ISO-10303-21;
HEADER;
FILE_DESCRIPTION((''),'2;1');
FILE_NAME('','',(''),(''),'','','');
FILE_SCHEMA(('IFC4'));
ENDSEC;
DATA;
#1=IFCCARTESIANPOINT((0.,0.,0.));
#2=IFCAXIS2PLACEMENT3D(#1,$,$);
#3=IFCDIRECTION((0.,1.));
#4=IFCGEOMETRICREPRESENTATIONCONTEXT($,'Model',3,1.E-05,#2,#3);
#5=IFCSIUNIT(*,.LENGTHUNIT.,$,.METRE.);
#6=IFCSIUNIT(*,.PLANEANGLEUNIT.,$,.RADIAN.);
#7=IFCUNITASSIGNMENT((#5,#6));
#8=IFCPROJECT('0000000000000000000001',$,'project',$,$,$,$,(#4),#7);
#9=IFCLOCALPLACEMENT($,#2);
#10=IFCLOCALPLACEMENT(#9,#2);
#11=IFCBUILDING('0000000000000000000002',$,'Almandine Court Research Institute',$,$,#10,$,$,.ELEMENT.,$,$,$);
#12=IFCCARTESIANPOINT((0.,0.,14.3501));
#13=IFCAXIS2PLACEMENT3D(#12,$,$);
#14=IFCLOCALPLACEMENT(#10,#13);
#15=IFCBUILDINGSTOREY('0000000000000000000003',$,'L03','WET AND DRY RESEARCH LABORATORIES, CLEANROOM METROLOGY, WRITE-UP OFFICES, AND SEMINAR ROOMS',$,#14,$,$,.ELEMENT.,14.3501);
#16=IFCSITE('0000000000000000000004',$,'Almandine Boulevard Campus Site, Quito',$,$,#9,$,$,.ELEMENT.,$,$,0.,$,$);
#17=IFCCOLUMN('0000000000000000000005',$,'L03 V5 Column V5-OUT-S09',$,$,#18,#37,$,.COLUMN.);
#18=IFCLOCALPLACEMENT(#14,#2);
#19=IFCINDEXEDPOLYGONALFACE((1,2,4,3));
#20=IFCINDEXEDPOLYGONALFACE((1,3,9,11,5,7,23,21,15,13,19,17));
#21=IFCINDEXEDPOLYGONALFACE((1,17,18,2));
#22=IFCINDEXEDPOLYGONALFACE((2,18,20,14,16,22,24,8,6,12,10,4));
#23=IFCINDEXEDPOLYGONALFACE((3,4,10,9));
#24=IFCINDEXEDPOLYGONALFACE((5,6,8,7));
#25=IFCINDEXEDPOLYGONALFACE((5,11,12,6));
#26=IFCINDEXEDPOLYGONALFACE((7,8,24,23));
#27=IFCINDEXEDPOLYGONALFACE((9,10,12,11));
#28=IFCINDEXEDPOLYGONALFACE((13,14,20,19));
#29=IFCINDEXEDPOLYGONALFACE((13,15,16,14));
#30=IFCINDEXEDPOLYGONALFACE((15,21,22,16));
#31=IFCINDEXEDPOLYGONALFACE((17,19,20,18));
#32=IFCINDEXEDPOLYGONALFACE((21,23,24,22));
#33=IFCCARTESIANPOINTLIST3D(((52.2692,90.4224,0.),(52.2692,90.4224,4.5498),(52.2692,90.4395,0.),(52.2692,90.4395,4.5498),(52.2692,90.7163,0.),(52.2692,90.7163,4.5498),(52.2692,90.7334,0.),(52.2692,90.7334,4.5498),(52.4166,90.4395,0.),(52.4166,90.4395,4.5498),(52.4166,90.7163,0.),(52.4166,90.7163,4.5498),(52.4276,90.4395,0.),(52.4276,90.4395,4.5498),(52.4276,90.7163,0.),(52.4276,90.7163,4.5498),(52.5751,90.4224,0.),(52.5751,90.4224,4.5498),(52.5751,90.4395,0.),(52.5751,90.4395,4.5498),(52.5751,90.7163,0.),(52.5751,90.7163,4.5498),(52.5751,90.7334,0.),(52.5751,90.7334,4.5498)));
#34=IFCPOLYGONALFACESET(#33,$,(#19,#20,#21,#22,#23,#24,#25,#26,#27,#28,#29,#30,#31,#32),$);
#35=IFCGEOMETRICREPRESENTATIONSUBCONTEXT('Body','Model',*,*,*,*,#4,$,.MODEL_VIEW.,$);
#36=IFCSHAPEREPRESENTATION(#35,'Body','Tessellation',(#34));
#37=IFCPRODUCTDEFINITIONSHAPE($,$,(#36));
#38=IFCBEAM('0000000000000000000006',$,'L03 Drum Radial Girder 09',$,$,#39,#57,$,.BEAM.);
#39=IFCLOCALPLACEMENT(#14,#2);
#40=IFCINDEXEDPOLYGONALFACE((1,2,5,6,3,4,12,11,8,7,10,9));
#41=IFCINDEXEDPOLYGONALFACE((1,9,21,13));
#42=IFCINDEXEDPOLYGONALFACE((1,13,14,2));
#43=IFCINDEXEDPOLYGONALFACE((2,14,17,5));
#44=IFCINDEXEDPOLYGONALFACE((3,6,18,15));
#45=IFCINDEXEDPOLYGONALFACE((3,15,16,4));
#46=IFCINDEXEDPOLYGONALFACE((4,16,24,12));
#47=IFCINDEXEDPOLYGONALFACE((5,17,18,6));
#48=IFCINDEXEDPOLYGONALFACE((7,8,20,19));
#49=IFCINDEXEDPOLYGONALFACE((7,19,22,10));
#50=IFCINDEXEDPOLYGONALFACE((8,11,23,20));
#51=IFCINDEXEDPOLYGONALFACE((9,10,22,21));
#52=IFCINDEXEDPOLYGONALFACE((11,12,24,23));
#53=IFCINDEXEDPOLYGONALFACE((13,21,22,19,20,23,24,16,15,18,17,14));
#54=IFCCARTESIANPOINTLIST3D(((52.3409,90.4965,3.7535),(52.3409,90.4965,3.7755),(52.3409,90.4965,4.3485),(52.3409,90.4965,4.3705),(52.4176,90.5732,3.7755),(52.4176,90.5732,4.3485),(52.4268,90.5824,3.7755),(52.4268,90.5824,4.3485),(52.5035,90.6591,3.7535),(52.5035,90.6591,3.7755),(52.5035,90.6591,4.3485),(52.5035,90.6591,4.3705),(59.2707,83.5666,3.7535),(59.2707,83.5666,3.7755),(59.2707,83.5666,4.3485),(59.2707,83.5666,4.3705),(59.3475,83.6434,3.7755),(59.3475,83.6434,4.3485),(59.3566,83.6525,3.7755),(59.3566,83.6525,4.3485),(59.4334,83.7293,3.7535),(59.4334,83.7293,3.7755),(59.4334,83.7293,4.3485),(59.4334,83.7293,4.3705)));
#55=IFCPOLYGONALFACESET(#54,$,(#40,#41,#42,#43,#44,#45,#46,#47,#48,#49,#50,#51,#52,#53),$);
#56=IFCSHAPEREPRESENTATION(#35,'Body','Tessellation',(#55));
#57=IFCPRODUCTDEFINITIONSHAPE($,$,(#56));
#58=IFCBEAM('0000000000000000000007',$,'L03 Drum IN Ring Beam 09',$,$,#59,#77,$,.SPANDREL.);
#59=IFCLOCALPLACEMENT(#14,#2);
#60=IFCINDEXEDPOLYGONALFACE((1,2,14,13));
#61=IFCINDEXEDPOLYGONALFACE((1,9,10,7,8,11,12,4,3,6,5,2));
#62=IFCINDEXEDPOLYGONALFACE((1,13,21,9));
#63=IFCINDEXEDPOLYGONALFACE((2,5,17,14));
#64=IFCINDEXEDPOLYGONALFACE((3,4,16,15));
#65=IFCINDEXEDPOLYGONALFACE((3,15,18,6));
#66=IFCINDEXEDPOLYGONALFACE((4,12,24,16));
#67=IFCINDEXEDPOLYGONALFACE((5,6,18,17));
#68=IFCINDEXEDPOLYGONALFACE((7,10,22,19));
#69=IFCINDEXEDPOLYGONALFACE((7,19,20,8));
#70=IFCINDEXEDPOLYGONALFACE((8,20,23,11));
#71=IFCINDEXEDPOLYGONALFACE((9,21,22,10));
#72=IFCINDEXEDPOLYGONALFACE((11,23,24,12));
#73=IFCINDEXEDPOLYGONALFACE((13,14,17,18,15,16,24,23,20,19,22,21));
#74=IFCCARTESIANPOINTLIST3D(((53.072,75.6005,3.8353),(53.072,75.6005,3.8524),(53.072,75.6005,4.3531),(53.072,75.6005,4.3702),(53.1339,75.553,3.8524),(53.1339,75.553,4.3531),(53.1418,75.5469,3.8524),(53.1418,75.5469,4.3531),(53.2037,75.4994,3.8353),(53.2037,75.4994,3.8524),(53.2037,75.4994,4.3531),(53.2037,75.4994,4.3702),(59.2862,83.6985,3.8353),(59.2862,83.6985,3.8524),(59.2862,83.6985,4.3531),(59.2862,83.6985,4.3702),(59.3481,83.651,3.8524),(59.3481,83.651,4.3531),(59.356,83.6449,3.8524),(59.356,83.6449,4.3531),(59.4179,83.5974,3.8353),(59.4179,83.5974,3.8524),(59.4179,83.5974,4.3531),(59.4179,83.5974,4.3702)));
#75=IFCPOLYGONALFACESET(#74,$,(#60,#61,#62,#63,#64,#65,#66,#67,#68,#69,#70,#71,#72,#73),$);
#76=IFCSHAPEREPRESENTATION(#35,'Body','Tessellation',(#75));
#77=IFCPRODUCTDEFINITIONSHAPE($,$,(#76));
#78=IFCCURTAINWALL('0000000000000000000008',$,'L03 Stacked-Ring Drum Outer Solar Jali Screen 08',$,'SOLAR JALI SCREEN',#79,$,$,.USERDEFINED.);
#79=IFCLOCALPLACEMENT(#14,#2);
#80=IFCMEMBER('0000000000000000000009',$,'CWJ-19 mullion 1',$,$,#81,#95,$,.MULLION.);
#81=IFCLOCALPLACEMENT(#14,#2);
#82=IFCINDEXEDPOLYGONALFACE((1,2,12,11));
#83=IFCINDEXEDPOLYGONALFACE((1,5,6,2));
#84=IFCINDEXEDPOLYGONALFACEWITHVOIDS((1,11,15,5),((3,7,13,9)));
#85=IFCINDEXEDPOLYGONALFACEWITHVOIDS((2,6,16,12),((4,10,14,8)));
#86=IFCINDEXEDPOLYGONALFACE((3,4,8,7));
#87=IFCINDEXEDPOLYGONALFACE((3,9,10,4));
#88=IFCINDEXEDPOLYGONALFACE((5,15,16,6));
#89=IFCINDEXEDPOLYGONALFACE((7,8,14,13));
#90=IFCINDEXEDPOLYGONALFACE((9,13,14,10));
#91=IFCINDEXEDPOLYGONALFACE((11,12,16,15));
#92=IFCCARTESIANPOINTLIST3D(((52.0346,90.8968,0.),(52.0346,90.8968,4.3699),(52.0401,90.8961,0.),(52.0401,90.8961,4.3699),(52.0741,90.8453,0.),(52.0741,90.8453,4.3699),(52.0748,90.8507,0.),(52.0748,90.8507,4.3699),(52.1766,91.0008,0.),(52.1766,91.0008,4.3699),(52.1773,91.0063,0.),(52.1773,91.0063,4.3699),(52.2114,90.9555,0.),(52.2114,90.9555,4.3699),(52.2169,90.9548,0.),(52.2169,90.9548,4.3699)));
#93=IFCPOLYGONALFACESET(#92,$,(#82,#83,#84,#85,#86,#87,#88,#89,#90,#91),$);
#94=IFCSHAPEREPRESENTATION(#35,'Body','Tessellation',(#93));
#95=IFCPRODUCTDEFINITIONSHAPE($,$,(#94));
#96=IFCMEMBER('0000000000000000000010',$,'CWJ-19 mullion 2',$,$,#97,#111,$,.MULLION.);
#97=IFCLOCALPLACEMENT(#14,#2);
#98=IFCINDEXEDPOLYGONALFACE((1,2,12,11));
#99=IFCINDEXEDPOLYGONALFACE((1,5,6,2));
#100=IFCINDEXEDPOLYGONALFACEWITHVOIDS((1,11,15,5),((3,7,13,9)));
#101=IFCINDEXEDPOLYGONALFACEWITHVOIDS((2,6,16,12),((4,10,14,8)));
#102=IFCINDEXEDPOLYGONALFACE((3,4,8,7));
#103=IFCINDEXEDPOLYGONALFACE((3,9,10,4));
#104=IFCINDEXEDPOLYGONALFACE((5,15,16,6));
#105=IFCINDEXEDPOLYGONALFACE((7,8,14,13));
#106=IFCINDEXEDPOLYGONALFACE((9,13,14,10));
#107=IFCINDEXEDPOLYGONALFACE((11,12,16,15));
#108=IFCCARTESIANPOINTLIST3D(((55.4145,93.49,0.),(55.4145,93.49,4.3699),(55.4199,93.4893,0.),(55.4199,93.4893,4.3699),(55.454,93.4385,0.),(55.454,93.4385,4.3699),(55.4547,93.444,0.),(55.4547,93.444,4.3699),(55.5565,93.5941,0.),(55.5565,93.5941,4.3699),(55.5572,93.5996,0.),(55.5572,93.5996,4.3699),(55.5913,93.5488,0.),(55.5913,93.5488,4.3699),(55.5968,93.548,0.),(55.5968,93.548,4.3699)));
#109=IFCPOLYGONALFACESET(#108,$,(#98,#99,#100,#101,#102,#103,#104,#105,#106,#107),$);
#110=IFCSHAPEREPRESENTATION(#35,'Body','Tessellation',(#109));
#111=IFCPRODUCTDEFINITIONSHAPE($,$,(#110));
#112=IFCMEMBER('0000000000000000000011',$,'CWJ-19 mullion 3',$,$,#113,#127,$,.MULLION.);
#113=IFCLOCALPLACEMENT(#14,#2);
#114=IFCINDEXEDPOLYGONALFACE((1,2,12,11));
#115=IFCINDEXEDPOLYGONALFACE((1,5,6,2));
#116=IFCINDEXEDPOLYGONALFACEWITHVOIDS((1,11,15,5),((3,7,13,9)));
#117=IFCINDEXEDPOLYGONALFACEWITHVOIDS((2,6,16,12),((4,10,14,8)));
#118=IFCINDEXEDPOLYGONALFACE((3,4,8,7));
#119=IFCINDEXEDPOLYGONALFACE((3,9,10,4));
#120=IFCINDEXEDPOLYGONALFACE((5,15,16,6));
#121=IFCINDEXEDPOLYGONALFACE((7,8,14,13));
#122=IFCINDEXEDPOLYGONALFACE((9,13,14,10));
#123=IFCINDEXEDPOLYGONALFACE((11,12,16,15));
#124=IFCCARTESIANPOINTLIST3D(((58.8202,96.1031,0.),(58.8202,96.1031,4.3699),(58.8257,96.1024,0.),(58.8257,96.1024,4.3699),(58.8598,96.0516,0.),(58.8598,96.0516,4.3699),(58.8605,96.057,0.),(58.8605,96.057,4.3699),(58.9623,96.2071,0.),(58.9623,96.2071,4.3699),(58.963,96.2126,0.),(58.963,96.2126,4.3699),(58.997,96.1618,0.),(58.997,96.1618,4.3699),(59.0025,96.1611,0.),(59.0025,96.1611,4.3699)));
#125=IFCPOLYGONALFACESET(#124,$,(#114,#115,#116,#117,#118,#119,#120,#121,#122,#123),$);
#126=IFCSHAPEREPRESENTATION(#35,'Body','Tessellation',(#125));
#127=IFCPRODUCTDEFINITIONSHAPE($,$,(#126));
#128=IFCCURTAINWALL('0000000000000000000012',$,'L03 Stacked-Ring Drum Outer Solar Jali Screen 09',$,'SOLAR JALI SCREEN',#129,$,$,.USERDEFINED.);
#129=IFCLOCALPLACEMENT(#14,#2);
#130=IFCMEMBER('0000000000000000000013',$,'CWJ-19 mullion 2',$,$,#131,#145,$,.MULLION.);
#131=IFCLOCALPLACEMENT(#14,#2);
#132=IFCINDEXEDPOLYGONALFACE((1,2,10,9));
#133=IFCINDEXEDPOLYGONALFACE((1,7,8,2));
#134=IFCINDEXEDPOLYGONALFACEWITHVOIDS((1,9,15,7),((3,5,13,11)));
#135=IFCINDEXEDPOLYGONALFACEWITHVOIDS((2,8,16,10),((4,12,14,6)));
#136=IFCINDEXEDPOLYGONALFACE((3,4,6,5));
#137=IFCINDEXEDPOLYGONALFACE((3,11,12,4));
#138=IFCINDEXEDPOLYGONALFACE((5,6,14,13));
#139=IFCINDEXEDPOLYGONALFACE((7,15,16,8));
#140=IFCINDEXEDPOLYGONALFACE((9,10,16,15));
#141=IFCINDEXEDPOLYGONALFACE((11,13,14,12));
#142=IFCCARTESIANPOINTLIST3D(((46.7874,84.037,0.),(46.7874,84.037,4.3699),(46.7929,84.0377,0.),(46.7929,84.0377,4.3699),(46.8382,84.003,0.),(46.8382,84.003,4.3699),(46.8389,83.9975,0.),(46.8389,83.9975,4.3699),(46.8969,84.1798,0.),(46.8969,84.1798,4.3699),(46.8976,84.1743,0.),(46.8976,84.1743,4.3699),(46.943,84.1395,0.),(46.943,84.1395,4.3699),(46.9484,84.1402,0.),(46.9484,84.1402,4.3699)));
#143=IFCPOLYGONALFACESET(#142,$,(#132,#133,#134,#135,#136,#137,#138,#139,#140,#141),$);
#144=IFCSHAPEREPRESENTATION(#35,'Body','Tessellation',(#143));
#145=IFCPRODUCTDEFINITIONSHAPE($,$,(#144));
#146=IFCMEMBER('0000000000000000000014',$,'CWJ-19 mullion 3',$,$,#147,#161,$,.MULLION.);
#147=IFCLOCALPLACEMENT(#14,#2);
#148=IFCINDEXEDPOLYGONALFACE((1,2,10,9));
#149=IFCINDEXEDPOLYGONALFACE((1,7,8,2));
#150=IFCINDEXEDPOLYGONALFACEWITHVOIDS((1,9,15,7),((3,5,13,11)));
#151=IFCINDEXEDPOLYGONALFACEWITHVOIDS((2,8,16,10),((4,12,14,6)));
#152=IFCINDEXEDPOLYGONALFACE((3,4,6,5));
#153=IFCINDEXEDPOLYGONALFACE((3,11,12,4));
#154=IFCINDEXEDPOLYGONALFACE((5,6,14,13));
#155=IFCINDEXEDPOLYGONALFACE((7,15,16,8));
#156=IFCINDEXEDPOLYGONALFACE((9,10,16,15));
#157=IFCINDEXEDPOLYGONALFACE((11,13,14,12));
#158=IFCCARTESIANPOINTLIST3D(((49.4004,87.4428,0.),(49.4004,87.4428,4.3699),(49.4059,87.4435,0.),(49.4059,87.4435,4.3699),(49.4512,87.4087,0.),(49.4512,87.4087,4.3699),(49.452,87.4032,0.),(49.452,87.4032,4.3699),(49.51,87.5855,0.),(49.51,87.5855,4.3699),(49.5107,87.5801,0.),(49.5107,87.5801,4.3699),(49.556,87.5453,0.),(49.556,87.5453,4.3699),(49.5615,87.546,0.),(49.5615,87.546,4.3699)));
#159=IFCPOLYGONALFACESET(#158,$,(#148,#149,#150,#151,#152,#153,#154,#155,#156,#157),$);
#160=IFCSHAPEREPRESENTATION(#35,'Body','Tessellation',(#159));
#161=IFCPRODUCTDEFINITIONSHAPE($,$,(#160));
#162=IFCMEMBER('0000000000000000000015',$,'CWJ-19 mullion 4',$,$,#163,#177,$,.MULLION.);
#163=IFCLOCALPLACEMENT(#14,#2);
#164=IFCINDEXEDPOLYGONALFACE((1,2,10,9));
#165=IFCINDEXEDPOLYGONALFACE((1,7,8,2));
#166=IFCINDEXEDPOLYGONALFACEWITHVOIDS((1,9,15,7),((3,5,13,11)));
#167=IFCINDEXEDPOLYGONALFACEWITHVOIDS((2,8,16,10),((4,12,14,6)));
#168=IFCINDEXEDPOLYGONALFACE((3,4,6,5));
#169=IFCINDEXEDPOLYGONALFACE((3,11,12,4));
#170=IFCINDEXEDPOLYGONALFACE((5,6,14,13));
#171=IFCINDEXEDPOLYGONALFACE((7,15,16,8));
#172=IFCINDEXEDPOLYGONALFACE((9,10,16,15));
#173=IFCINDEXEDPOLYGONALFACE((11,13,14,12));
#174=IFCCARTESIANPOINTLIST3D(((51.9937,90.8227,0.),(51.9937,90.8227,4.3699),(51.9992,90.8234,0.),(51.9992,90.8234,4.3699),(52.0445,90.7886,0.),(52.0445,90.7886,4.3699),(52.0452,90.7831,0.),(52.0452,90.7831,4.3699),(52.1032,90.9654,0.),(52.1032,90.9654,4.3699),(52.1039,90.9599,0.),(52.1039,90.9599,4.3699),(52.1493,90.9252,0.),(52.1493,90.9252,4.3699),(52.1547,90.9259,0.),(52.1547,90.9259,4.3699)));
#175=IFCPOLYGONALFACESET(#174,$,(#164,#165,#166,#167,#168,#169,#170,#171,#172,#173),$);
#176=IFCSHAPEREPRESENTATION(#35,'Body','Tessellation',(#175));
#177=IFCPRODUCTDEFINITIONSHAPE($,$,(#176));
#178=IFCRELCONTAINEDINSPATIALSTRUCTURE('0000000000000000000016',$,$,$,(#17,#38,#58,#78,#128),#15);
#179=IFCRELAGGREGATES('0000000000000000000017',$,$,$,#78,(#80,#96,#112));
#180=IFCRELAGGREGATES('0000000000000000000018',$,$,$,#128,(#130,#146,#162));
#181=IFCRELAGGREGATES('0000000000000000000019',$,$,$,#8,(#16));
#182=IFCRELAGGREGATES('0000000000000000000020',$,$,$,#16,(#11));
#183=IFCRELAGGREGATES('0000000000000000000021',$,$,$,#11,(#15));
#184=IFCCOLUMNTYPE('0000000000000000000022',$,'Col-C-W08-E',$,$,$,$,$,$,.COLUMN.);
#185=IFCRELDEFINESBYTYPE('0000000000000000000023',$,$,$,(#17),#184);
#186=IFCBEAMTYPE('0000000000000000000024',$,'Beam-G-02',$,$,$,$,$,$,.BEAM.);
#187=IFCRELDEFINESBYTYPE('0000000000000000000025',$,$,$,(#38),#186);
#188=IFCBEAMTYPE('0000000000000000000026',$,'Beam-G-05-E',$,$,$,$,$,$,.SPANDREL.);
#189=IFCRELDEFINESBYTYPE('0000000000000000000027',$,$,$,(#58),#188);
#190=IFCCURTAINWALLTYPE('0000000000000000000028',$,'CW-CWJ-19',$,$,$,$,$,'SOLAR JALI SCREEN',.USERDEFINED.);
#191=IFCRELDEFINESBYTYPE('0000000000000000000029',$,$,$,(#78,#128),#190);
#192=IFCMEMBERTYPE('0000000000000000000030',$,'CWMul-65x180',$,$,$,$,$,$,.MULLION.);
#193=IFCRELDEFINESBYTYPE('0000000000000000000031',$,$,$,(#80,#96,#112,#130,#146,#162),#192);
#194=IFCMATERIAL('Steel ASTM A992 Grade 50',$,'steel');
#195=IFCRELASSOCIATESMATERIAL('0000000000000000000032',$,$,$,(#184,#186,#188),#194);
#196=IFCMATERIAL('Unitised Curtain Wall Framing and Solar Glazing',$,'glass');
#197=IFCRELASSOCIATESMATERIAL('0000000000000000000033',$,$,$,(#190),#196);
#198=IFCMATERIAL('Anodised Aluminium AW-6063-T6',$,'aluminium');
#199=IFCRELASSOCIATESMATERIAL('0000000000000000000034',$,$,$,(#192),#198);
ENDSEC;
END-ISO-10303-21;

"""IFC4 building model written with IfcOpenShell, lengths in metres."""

from ifc_helpers import new_model, si_unit, direction, frame, origin, origin_2d, place, context, subcontext, project, spatial, hollow_rectangle, i_section, extrude, material, material_profile, profile_set, type_object, element, aggregate, save


model = new_model("IFC4")

# Units and contexts
model_context = context("Model", 3, precision=1e-05, world=origin(), true_north=direction((0.0, 1.0)))
body_context = subcontext(model_context, "Body", "Model", "MODEL_VIEW")
ifc_project = project(units=[si_unit("LENGTHUNIT", "METRE"), si_unit("PLANEANGLEUNIT", "RADIAN")], contexts=[model_context])

# Site, building, storey
site_placement = place(None, origin())
site = spatial("IfcSite", under=ifc_project, at=site_placement, Name="Almandine Boulevard Campus Site, Quito", CompositionType="ELEMENT", RefElevation=0.0)
building_placement = place(site_placement, origin())
building = spatial("IfcBuilding", under=site, at=building_placement, Name="Almandine Court Research Institute", CompositionType="ELEMENT")
storey_placement = place(building_placement, frame((0.0, 0.0, 14.3501)))
storey = spatial("IfcBuildingStorey", under=building, at=storey_placement, Name="L03", Description="WET AND DRY RESEARCH LABORATORIES, CLEANROOM METROLOGY, WRITE-UP OFFICES, AND SEMINAR ROOMS", CompositionType="ELEMENT", Elevation=14.3501)

# Column
ifc_material_1 = material(Name="Steel ASTM A992 Grade 50", Category="steel")
ifc_material_profile_1 = material_profile(ifc_material_1, i_section(OverallWidth=0.3059, OverallDepth=0.311, WebThickness=0.011, FlangeThickness=0.0171, at=origin_2d()), Name="W310x107")
ifc_profile_set_1 = profile_set([ifc_material_profile_1], Name="Steel ASTM A992 Grade 50")
column_type = type_object("IfcColumnType", Name="Col-C-W08-E", PredefinedType="COLUMN", material=ifc_profile_set_1)
column_placement = place(storey_placement, frame((52.4221, 90.5779, 0.0), z_axis=(0.0, 0.0, 1.0), x_axis=(1.0, 0.0, 0.0)))
element("IfcColumn", 1, at=column_placement, inside=storey, type_object=column_type, Name="L03 V5 Column V5-OUT-S09", PredefinedType="COLUMN", context=body_context, shape_type="SweptSolid", body=[
    extrude(i_section(OverallWidth=0.3059, OverallDepth=0.311, WebThickness=0.011, FlangeThickness=0.0171, at=origin_2d()), origin(), (0.0, 0.0, 1.0), 4.5498),
])

# Beams
ifc_material_profile_2 = material_profile(ifc_material_1, i_section(OverallWidth=0.23, OverallDepth=0.6169, WebThickness=0.0129, FlangeThickness=0.022, at=origin_2d()), Name="W610x140")
ifc_profile_set_2 = profile_set([ifc_material_profile_2], Name="Steel ASTM A992 Grade 50")
beam_type_1 = type_object("IfcBeamType", Name="Beam-G-02", PredefinedType="BEAM", material=ifc_profile_set_2)
beam_1_placement = place(storey_placement, frame((59.3521, 83.6479, 4.062), z_axis=(-0.707107, 0.707107, 0.0), x_axis=(-0.707107, -0.707107, 0.0)))
element("IfcBeam", 2, at=beam_1_placement, inside=storey, type_object=beam_type_1, Name="L03 Drum Radial Girder 09", PredefinedType="BEAM", context=body_context, shape_type="SweptSolid", body=[
    extrude(i_section(OverallWidth=0.23, OverallDepth=0.6169, WebThickness=0.0129, FlangeThickness=0.022, at=origin_2d()), origin(), (0.0, 0.0, 1.0), 9.8003),
])
ifc_material_profile_3 = material_profile(ifc_material_1, i_section(OverallWidth=0.166, OverallDepth=0.5349, WebThickness=0.01, FlangeThickness=0.0171, at=origin_2d()), Name="W530x85")
ifc_profile_set_3 = profile_set([ifc_material_profile_3], Name="Steel ASTM A992 Grade 50")
beam_type_2 = type_object("IfcBeamType", Name="Beam-G-05-E", PredefinedType="SPANDREL", material=ifc_profile_set_3)
beam_2_placement = place(storey_placement, frame((59.3521, 83.6479, 4.1028), z_axis=(-0.608784, -0.793336, 0.0), x_axis=(0.793336, -0.608784, 0.0)))
element("IfcBeam", 3, at=beam_2_placement, inside=storey, type_object=beam_type_2, Name="L03 Drum IN Ring Beam 09", PredefinedType="SPANDREL", context=body_context, shape_type="SweptSolid", body=[
    extrude(i_section(OverallWidth=0.166, OverallDepth=0.5349, WebThickness=0.01, FlangeThickness=0.0171, at=origin_2d()), origin(), (0.0, 0.0, 1.0), 10.2075),
])

# Curtain walls, members
ifc_material_2 = material(Name="Unitised Curtain Wall Framing and Solar Glazing", Category="glass")
curtain_wall_type = type_object("IfcCurtainWallType", Name="CW-CWJ-19", ElementType="SOLAR JALI SCREEN", PredefinedType="USERDEFINED", material=ifc_material_2)
curtain_wall_1_placement = place(storey_placement, origin())
curtain_wall_1 = element("IfcCurtainWall", 4, at=curtain_wall_1_placement, inside=storey, type_object=curtain_wall_type, Name="L03 Stacked-Ring Drum Outer Solar Jali Screen 08", ObjectType="SOLAR JALI SCREEN", PredefinedType="USERDEFINED")
ifc_material_3 = material(Name="Anodised Aluminium AW-6063-T6", Category="aluminium")
ifc_material_profile_4 = material_profile(ifc_material_3, hollow_rectangle(XDim=0.0649, YDim=0.1799, WallThickness=0.0039, at=origin_2d()), Name="ALU RHS 65x180x4")
ifc_profile_set_4 = profile_set([ifc_material_profile_4], Name="Anodised Aluminium AW-6063-T6")
member_type_1 = type_object("IfcMemberType", Name="CWMul-65x180", PredefinedType="MULLION", material=ifc_profile_set_4)
member_1_placement = place(storey_placement, frame((52.1257, 90.9258, 0.0), z_axis=(0.0, 0.0, 1.0), x_axis=(-0.608723, 0.793383, 0.0)))
member_1 = element("IfcMember", 5, at=member_1_placement, type_object=member_type_1, Name="CWJ-19 mullion 1", PredefinedType="MULLION", context=body_context, shape_type="SweptSolid", body=[
    extrude(hollow_rectangle(XDim=0.0649, YDim=0.1799, WallThickness=0.0039, at=origin_2d()), origin(), (0.0, 0.0, 1.0), 4.3699),
])
member_2_placement = place(storey_placement, frame((55.5056, 93.519, 0.0), z_axis=(0.0, 0.0, 1.0), x_axis=(-0.608723, 0.793383, 0.0)))
member_2 = element("IfcMember", 6, at=member_2_placement, type_object=member_type_1, Name="CWJ-19 mullion 2", PredefinedType="MULLION", context=body_context, shape_type="SweptSolid", body=[
    extrude(hollow_rectangle(XDim=0.0649, YDim=0.1799, WallThickness=0.0039, at=origin_2d()), origin(), (0.0, 0.0, 1.0), 4.3699),
])
member_3_placement = place(storey_placement, frame((58.9114, 96.1321, 0.0), z_axis=(0.0, 0.0, 1.0), x_axis=(-0.608723, 0.793383, 0.0)))
member_3 = element("IfcMember", 7, at=member_3_placement, type_object=member_type_1, Name="CWJ-19 mullion 3", PredefinedType="MULLION", context=body_context, shape_type="SweptSolid", body=[
    extrude(hollow_rectangle(XDim=0.0649, YDim=0.1799, WallThickness=0.0039, at=origin_2d()), origin(), (0.0, 0.0, 1.0), 4.3699),
])
curtain_wall_2_placement = place(storey_placement, origin())
curtain_wall_2 = element("IfcCurtainWall", 8, at=curtain_wall_2_placement, inside=storey, type_object=curtain_wall_type, Name="L03 Stacked-Ring Drum Outer Solar Jali Screen 09", ObjectType="SOLAR JALI SCREEN", PredefinedType="USERDEFINED")
member_4_placement = place(storey_placement, frame((46.8679, 84.0886, 0.0), z_axis=(0.0, 0.0, 1.0), x_axis=(-0.793383, 0.608723, 0.0)))
member_4 = element("IfcMember", 9, at=member_4_placement, type_object=member_type_1, Name="CWJ-19 mullion 2", PredefinedType="MULLION", context=body_context, shape_type="SweptSolid", body=[
    extrude(hollow_rectangle(XDim=0.0649, YDim=0.1799, WallThickness=0.0039, at=origin_2d()), origin(), (0.0, 0.0, 1.0), 4.3699),
])
member_5_placement = place(storey_placement, frame((49.481, 87.4944, 0.0), z_axis=(0.0, 0.0, 1.0), x_axis=(-0.793383, 0.608723, 0.0)))
member_5 = element("IfcMember", 10, at=member_5_placement, type_object=member_type_1, Name="CWJ-19 mullion 3", PredefinedType="MULLION", context=body_context, shape_type="SweptSolid", body=[
    extrude(hollow_rectangle(XDim=0.0649, YDim=0.1799, WallThickness=0.0039, at=origin_2d()), origin(), (0.0, 0.0, 1.0), 4.3699),
])
member_6_placement = place(storey_placement, frame((52.0742, 90.8743, 0.0), z_axis=(0.0, 0.0, 1.0), x_axis=(-0.793383, 0.608723, 0.0)))
member_6 = element("IfcMember", 11, at=member_6_placement, type_object=member_type_1, Name="CWJ-19 mullion 4", PredefinedType="MULLION", context=body_context, shape_type="SweptSolid", body=[
    extrude(hollow_rectangle(XDim=0.0649, YDim=0.1799, WallThickness=0.0039, at=origin_2d()), origin(), (0.0, 0.0, 1.0), 4.3699),
])

aggregate(curtain_wall_1, [member_1, member_2, member_3])
aggregate(curtain_wall_2, [member_4, member_5, member_6])

save(model, "model.ifc")
